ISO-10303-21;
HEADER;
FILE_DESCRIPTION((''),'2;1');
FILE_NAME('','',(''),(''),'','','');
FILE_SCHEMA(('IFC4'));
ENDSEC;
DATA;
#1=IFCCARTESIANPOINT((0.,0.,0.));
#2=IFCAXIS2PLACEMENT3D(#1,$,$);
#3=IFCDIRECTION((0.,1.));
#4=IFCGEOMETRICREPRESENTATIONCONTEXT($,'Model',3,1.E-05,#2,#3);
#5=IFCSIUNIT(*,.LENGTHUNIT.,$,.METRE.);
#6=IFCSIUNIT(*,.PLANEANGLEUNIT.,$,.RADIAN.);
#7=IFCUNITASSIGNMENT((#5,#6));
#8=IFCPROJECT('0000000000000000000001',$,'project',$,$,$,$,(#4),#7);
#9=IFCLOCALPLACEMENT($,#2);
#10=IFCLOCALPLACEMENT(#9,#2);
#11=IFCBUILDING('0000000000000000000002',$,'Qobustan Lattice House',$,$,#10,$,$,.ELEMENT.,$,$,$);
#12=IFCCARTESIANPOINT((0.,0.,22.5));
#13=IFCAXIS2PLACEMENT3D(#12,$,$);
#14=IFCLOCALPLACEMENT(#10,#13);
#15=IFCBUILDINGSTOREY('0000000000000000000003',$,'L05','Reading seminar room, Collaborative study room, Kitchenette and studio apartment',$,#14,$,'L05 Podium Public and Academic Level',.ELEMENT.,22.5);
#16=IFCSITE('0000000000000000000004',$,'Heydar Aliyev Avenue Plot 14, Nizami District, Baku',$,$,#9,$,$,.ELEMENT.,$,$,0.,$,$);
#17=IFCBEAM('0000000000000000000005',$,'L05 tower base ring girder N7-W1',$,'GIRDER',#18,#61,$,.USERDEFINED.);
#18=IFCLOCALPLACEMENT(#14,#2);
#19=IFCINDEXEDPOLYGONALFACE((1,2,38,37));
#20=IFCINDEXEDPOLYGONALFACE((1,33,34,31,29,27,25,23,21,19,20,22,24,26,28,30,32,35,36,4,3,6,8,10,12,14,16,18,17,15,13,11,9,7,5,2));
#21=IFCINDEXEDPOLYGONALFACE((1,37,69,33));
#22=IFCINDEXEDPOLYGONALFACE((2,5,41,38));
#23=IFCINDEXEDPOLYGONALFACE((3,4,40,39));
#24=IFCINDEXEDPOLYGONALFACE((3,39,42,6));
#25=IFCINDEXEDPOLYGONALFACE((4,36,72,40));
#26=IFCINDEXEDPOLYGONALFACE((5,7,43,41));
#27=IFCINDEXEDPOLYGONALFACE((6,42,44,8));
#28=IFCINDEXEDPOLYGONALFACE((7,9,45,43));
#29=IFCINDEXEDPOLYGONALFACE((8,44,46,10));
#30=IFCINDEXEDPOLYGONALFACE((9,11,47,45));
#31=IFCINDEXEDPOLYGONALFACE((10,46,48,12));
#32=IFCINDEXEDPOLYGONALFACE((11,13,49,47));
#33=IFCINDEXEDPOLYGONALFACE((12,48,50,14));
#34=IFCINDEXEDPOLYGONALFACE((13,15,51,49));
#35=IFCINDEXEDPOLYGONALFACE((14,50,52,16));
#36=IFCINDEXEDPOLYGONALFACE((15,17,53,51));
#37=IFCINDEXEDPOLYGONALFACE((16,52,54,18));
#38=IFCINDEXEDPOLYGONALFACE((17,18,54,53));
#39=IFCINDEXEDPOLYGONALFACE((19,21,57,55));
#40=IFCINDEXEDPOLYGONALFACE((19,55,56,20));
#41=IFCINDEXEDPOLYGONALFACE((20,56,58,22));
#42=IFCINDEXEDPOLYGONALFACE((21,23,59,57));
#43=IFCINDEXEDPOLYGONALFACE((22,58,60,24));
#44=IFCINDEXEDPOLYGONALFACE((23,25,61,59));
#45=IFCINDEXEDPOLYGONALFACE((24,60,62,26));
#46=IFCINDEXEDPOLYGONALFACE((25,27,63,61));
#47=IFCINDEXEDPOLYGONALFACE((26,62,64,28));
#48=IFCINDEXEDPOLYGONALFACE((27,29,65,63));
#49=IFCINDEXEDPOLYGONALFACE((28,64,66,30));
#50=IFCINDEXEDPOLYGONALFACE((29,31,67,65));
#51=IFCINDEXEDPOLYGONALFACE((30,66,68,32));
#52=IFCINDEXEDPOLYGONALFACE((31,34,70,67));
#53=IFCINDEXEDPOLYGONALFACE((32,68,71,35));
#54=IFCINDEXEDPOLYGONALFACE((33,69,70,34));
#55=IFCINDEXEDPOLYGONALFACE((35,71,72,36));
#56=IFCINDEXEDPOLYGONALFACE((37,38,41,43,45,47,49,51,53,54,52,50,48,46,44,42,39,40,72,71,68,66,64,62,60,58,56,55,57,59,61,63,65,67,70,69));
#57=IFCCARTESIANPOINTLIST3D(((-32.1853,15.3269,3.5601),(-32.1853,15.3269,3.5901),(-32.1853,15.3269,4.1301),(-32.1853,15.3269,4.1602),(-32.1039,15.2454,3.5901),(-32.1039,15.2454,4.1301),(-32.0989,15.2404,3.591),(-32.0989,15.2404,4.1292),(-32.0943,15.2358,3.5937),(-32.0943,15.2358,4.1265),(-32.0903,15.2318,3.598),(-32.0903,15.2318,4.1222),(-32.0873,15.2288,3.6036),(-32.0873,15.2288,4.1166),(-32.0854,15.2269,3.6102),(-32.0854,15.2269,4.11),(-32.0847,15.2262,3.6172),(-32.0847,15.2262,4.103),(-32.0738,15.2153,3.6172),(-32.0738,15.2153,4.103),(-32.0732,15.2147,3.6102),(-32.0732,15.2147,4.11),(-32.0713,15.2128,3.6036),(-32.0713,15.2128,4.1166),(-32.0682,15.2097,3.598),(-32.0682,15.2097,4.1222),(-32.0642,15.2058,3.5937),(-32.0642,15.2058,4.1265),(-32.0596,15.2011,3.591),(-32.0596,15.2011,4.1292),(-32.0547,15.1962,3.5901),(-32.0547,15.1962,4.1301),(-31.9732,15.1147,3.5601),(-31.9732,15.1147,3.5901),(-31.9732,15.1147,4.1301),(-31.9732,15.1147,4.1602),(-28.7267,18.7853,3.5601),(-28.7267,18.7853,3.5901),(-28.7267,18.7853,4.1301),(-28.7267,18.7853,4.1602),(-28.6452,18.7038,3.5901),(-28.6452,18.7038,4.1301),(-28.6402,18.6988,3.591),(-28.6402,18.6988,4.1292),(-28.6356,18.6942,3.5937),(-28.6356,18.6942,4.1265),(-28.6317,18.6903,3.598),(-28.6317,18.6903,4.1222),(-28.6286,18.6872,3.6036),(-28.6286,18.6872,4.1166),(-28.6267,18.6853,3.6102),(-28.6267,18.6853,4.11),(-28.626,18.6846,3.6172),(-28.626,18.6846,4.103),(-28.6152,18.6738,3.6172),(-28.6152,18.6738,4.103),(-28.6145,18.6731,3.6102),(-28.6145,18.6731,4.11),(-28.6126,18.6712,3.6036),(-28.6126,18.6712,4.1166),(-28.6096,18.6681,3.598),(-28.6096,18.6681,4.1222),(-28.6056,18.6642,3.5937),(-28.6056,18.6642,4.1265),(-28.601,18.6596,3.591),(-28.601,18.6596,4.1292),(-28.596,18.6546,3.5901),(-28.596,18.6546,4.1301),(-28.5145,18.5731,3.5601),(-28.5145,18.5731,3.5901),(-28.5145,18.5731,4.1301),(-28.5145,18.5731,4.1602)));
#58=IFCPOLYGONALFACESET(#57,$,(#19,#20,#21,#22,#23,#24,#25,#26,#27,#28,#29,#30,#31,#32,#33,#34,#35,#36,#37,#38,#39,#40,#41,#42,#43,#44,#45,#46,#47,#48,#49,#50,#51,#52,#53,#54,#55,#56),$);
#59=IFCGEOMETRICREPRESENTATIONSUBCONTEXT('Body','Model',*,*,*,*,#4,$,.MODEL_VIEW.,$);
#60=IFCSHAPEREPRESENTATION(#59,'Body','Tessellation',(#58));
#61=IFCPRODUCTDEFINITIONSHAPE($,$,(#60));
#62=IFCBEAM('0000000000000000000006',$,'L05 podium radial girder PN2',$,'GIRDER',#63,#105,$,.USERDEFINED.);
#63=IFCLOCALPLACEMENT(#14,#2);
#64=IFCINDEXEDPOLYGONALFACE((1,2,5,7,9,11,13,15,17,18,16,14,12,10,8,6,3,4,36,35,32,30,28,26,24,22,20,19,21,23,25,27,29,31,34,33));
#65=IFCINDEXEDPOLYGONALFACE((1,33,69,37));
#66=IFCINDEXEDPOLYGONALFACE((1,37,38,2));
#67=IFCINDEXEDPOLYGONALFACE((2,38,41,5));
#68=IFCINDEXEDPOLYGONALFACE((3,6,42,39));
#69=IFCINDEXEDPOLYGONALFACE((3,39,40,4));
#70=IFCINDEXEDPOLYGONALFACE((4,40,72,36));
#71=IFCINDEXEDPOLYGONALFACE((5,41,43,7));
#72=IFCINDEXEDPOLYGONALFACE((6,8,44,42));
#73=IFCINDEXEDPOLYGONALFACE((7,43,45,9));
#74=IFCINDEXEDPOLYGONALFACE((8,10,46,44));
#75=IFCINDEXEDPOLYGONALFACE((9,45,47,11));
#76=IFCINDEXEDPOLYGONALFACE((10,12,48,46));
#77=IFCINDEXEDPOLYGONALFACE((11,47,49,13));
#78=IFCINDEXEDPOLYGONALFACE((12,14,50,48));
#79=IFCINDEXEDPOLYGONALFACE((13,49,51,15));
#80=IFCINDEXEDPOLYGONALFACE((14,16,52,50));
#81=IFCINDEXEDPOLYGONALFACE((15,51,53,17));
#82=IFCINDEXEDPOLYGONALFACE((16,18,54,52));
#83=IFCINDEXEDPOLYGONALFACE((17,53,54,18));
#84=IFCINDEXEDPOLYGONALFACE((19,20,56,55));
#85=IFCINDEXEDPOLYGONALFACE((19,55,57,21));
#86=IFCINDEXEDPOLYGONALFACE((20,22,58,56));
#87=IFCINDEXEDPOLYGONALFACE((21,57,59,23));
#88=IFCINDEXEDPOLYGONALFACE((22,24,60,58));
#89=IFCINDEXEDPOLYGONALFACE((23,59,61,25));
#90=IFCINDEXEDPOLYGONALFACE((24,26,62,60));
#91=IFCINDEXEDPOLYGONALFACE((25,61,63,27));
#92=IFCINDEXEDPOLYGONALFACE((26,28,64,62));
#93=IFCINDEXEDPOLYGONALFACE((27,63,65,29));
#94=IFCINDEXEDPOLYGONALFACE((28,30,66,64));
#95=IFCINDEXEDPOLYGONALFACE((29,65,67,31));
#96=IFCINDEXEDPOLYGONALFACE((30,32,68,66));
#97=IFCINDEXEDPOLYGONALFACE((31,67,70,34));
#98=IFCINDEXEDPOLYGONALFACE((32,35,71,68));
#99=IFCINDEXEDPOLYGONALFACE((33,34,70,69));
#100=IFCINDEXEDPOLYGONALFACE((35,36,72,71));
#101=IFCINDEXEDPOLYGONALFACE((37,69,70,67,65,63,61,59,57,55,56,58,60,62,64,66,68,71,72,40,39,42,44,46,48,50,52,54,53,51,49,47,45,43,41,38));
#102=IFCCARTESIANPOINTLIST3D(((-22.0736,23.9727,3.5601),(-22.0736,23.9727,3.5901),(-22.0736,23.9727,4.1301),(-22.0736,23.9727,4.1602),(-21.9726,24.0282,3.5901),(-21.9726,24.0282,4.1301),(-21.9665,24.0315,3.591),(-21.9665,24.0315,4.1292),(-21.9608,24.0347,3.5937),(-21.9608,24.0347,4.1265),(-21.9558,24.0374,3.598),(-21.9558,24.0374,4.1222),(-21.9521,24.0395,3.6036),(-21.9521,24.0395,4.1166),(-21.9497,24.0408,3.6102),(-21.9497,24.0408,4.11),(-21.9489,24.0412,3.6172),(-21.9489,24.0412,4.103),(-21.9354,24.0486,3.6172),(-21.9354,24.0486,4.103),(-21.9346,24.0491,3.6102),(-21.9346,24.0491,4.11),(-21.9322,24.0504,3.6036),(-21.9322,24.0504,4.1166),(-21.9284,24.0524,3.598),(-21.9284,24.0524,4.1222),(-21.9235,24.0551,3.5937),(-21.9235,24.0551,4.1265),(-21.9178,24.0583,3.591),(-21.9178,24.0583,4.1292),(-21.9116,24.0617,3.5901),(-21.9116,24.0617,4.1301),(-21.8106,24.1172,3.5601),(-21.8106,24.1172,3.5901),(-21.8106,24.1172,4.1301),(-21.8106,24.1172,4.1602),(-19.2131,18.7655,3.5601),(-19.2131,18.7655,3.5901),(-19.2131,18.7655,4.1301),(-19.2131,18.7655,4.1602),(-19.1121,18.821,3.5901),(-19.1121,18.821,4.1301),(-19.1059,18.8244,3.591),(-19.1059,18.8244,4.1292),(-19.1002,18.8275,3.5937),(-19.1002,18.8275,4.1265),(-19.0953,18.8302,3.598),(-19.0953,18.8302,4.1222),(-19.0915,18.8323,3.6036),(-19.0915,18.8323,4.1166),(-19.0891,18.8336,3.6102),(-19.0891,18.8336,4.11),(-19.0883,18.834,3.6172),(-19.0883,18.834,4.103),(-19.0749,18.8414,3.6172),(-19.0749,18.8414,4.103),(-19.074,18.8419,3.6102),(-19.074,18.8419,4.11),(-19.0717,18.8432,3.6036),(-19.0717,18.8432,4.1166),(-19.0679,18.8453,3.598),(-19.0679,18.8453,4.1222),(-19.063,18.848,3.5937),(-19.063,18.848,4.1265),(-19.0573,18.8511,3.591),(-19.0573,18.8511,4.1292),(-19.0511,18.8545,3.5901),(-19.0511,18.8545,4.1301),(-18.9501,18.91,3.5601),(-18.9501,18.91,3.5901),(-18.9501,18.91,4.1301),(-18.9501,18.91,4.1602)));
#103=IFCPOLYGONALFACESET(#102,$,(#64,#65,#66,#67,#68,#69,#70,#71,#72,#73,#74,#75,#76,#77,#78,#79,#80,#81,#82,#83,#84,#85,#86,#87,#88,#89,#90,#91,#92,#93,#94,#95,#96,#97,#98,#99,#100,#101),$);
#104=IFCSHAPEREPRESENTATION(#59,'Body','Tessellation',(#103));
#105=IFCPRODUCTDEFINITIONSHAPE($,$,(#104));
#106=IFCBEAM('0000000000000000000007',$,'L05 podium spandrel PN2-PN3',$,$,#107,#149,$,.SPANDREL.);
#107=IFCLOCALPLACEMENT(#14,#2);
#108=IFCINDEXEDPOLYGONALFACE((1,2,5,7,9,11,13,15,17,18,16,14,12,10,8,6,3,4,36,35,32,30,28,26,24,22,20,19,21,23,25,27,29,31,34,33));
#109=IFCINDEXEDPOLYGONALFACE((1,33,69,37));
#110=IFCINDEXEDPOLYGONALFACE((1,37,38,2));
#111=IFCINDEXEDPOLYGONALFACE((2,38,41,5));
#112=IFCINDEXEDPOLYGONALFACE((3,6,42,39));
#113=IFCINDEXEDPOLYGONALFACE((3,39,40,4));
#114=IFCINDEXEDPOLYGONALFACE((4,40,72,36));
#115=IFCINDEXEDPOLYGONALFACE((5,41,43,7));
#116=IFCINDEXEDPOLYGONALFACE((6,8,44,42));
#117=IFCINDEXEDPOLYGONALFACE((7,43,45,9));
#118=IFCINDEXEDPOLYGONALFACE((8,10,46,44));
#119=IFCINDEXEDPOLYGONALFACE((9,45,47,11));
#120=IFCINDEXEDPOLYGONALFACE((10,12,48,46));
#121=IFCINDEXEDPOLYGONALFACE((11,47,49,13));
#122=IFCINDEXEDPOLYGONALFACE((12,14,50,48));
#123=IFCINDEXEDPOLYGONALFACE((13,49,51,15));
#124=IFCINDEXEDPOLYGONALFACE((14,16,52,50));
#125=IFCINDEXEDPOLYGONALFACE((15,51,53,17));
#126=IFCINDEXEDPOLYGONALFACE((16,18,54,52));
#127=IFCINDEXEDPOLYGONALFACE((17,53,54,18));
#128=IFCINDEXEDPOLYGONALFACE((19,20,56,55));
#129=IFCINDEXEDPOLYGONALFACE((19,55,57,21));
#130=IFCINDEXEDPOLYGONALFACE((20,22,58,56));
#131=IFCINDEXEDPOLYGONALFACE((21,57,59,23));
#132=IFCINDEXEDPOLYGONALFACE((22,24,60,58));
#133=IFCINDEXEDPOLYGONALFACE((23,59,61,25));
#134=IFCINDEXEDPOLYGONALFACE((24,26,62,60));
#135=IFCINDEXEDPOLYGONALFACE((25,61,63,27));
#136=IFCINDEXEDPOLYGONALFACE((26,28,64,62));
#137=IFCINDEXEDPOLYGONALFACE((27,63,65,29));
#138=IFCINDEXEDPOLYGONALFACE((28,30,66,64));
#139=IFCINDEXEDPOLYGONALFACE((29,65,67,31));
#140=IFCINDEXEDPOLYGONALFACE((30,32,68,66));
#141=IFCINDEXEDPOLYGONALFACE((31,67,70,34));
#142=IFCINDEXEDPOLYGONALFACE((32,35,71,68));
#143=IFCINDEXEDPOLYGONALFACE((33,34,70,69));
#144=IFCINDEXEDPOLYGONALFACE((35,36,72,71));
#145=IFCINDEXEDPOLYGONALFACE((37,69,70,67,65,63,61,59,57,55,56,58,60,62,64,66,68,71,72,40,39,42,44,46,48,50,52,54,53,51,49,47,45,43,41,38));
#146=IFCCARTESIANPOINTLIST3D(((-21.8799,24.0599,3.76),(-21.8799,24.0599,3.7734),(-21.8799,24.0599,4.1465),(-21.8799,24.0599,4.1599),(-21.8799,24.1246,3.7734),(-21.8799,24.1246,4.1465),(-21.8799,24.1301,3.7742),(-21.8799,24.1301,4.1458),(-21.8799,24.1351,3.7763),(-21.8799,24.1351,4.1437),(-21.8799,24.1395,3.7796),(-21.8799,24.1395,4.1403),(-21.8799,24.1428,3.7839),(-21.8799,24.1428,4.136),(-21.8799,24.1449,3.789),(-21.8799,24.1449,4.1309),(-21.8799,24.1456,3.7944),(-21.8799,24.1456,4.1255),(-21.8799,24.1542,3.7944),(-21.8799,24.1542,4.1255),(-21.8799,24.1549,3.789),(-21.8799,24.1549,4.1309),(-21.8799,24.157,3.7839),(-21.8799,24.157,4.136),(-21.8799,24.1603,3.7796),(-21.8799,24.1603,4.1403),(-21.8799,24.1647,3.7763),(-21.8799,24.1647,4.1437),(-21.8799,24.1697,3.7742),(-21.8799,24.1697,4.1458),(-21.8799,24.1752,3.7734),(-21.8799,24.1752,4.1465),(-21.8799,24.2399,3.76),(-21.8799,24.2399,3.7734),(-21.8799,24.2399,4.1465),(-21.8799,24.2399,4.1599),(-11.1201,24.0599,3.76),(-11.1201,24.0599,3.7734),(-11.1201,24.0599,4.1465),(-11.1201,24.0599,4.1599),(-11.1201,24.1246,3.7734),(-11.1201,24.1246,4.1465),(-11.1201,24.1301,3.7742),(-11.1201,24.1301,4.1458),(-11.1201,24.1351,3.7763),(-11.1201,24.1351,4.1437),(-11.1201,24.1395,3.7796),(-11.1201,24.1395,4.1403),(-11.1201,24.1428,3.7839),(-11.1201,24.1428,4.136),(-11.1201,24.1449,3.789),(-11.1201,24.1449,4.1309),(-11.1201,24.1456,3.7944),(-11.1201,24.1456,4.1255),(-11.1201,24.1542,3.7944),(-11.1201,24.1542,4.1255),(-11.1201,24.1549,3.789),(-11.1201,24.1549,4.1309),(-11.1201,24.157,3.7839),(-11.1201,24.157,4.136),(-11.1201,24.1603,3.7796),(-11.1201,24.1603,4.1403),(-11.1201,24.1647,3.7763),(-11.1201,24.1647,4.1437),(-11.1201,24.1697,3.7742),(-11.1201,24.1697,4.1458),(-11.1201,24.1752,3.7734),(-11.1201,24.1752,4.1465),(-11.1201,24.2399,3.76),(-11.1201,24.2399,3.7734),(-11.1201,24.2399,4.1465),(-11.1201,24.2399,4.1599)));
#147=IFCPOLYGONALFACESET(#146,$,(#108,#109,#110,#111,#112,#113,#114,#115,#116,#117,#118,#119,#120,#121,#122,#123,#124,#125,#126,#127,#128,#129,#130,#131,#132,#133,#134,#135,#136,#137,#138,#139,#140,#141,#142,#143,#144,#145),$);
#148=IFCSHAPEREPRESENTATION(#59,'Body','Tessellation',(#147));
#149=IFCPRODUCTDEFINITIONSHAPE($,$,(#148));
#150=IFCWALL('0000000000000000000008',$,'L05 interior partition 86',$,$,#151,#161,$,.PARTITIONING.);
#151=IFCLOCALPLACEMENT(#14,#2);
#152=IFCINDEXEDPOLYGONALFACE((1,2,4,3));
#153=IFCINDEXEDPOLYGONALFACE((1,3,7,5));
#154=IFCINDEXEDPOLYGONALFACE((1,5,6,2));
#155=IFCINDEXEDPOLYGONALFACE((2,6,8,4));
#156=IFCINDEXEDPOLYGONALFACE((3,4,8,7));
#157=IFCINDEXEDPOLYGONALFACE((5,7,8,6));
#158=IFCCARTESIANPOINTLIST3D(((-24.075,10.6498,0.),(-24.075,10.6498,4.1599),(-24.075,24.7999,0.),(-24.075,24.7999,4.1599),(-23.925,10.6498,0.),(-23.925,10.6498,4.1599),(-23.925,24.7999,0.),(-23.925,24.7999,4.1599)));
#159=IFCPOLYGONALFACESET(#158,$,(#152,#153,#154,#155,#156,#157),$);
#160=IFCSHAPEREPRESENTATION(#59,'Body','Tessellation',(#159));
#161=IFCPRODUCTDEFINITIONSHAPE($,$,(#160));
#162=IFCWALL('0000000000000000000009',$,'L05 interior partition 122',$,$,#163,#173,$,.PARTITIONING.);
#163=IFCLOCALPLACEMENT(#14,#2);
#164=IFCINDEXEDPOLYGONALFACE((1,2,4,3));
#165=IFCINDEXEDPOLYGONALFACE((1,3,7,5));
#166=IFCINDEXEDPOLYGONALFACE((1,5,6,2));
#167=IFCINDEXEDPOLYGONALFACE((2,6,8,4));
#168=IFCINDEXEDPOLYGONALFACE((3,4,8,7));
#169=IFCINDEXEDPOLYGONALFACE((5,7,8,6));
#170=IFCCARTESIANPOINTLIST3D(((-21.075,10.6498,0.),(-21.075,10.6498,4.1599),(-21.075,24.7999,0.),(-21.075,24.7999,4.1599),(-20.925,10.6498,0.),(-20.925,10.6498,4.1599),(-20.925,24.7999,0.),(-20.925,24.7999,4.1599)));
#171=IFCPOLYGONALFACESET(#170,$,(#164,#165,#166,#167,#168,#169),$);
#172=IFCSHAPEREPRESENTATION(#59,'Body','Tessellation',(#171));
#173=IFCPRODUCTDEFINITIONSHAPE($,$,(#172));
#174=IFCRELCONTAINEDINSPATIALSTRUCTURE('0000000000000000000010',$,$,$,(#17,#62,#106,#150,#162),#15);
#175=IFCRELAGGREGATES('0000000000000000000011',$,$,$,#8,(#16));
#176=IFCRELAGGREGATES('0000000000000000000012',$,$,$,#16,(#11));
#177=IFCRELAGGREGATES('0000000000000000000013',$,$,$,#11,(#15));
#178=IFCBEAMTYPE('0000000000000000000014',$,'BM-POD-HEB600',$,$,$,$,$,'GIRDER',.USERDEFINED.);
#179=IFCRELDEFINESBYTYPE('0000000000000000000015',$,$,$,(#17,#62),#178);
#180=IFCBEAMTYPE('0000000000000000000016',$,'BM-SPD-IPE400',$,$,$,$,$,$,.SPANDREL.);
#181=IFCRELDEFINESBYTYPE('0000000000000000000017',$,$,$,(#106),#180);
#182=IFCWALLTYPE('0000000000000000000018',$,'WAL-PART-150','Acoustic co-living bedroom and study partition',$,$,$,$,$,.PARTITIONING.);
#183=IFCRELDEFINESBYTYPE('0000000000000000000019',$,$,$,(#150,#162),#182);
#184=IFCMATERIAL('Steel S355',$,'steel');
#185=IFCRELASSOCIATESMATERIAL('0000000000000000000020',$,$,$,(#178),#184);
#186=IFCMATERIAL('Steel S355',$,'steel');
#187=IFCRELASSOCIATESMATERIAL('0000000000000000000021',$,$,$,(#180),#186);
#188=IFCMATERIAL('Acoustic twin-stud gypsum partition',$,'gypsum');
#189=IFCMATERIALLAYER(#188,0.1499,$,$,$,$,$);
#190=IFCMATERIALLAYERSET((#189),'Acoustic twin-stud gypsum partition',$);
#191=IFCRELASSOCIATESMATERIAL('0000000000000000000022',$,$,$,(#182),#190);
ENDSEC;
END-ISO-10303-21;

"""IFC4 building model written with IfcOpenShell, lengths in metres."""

from ifc_helpers import new_model, si_unit, direction, frame, frame_2d, origin, origin_2d, place, context, subcontext, project, spatial, rectangle, i_section, extrude, material, layer, layer_set, material_profile, profile_set, type_object, element, save


model = new_model("IFC4")

# Units and contexts
model_context = context("Model", 3, precision=1e-05, world=origin(), true_north=direction((0.0, 1.0)))
body_context = subcontext(model_context, "Body", "Model", "MODEL_VIEW")
ifc_project = project(units=[si_unit("LENGTHUNIT", "METRE"), si_unit("PLANEANGLEUNIT", "RADIAN")], contexts=[model_context])

# Site, building, storey
site_placement = place(None, origin())
site = spatial("IfcSite", under=ifc_project, at=site_placement, Name="Heydar Aliyev Avenue Plot 14, Nizami District, Baku", CompositionType="ELEMENT", RefElevation=0.0)
building_placement = place(site_placement, origin())
building = spatial("IfcBuilding", under=site, at=building_placement, Name="Qobustan Lattice House", CompositionType="ELEMENT")
storey_placement = place(building_placement, frame((0.0, 0.0, 22.5)))
storey = spatial("IfcBuildingStorey", under=building, at=storey_placement, Name="L05", Description="Reading seminar room, Collaborative study room, Kitchenette and studio apartment", LongName="L05 Podium Public and Academic Level", CompositionType="ELEMENT", Elevation=22.5)

# Beams
ifc_material_1 = material(Name="Steel S355", Category="steel")
ifc_material_profile_1 = material_profile(ifc_material_1, i_section(OverallWidth=0.3, OverallDepth=0.6001, WebThickness=0.0154, FlangeThickness=0.03, FilletRadius=0.0271, at=origin_2d()), Name="HEB600")
ifc_profile_set_1 = profile_set([ifc_material_profile_1], Name="Steel S355")
beam_type_1 = type_object("IfcBeamType", Name="BM-POD-HEB600", ElementType="GIRDER", PredefinedType="USERDEFINED", material=ifc_profile_set_1)
beam_1_placement = place(storey_placement, frame((-28.6206, 18.6792, 3.8601), z_axis=(-0.707132, -0.707082, 0.0), x_axis=(0.707082, -0.707132, 0.0)))
element("IfcBeam", 1, at=beam_1_placement, inside=storey, type_object=beam_type_1, Name="L05 tower base ring girder N7-W1", ObjectType="GIRDER", PredefinedType="USERDEFINED", context=body_context, shape_type="SweptSolid", body=[
    extrude(i_section(OverallWidth=0.3, OverallDepth=0.6001, WebThickness=0.0154, FlangeThickness=0.03, FilletRadius=0.0271, at=origin_2d()), origin(), (0.0, 0.0, 1.0), 4.8911),
])
beam_2_placement = place(storey_placement, frame((-21.9421, 24.0449, 3.8601), z_axis=(0.481479, -0.876458, 0.0), x_axis=(0.876458, 0.481479, 0.0)))
element("IfcBeam", 2, at=beam_2_placement, inside=storey, type_object=beam_type_1, Name="L05 podium radial girder PN2", ObjectType="GIRDER", PredefinedType="USERDEFINED", context=body_context, shape_type="SweptSolid", body=[
    extrude(i_section(OverallWidth=0.3, OverallDepth=0.6001, WebThickness=0.0154, FlangeThickness=0.03, FilletRadius=0.0271, at=origin_2d()), origin(), (0.0, 0.0, 1.0), 5.9412),
])
ifc_material_2 = material(Name="Steel S355", Category="steel")
ifc_material_profile_2 = material_profile(ifc_material_2, i_section(OverallWidth=0.1799, OverallDepth=0.3999, WebThickness=0.0085, FlangeThickness=0.0134, FilletRadius=0.021, at=origin_2d()), Name="IPE400")
ifc_profile_set_2 = profile_set([ifc_material_profile_2], Name="Steel S355")
beam_type_2 = type_object("IfcBeamType", Name="BM-SPD-IPE400", PredefinedType="SPANDREL", material=ifc_profile_set_2)
beam_3_placement = place(storey_placement, frame((-21.8799, 24.1499, 3.96), z_axis=(1.0, 0.0, 0.0), x_axis=(0.0, 1.0, 0.0)))
element("IfcBeam", 3, at=beam_3_placement, inside=storey, type_object=beam_type_2, Name="L05 podium spandrel PN2-PN3", PredefinedType="SPANDREL", context=body_context, shape_type="SweptSolid", body=[
    extrude(i_section(OverallWidth=0.1799, OverallDepth=0.3999, WebThickness=0.0085, FlangeThickness=0.0134, FilletRadius=0.021, at=origin_2d()), origin(), (0.0, 0.0, 1.0), 10.7598),
])

# Shared definitions
ifc_material_3 = material(Name="Acoustic twin-stud gypsum partition", Category="gypsum")
ifc_layer = layer(ifc_material_3, 0.1499)
ifc_layer_set = layer_set([ifc_layer], Name="Acoustic twin-stud gypsum partition")
wall_type = type_object("IfcWallType", Name="WAL-PART-150", Description="Acoustic co-living bedroom and study partition", PredefinedType="PARTITIONING", material=ifc_layer_set)

# Walls
for number, where, z_axis, x_axis, name in (
    (4, (-24.0, 24.8, 0.0), (0.0, 0.0, 1.0), (0.0, -1.0, 0.0), "L05 interior partition 86"),
    (5, (-21.0, 24.8, 0.0), (0.0, 0.0, 1.0), (0.0, -1.0, 0.0), "L05 interior partition 122"),
):
    element("IfcWall", number, at=place(storey_placement, frame(where, z_axis=z_axis, x_axis=x_axis)), inside=storey, type_object=wall_type, Name=name, PredefinedType="PARTITIONING", context=body_context, shape_type="SweptSolid", body=[
        extrude(rectangle(XDim=14.1501, YDim=0.1499, at=frame_2d((7.0752, 0.0))), origin(), (0.0, 0.0, 1.0), 4.1599),
    ])

save(model, "model.ifc")
